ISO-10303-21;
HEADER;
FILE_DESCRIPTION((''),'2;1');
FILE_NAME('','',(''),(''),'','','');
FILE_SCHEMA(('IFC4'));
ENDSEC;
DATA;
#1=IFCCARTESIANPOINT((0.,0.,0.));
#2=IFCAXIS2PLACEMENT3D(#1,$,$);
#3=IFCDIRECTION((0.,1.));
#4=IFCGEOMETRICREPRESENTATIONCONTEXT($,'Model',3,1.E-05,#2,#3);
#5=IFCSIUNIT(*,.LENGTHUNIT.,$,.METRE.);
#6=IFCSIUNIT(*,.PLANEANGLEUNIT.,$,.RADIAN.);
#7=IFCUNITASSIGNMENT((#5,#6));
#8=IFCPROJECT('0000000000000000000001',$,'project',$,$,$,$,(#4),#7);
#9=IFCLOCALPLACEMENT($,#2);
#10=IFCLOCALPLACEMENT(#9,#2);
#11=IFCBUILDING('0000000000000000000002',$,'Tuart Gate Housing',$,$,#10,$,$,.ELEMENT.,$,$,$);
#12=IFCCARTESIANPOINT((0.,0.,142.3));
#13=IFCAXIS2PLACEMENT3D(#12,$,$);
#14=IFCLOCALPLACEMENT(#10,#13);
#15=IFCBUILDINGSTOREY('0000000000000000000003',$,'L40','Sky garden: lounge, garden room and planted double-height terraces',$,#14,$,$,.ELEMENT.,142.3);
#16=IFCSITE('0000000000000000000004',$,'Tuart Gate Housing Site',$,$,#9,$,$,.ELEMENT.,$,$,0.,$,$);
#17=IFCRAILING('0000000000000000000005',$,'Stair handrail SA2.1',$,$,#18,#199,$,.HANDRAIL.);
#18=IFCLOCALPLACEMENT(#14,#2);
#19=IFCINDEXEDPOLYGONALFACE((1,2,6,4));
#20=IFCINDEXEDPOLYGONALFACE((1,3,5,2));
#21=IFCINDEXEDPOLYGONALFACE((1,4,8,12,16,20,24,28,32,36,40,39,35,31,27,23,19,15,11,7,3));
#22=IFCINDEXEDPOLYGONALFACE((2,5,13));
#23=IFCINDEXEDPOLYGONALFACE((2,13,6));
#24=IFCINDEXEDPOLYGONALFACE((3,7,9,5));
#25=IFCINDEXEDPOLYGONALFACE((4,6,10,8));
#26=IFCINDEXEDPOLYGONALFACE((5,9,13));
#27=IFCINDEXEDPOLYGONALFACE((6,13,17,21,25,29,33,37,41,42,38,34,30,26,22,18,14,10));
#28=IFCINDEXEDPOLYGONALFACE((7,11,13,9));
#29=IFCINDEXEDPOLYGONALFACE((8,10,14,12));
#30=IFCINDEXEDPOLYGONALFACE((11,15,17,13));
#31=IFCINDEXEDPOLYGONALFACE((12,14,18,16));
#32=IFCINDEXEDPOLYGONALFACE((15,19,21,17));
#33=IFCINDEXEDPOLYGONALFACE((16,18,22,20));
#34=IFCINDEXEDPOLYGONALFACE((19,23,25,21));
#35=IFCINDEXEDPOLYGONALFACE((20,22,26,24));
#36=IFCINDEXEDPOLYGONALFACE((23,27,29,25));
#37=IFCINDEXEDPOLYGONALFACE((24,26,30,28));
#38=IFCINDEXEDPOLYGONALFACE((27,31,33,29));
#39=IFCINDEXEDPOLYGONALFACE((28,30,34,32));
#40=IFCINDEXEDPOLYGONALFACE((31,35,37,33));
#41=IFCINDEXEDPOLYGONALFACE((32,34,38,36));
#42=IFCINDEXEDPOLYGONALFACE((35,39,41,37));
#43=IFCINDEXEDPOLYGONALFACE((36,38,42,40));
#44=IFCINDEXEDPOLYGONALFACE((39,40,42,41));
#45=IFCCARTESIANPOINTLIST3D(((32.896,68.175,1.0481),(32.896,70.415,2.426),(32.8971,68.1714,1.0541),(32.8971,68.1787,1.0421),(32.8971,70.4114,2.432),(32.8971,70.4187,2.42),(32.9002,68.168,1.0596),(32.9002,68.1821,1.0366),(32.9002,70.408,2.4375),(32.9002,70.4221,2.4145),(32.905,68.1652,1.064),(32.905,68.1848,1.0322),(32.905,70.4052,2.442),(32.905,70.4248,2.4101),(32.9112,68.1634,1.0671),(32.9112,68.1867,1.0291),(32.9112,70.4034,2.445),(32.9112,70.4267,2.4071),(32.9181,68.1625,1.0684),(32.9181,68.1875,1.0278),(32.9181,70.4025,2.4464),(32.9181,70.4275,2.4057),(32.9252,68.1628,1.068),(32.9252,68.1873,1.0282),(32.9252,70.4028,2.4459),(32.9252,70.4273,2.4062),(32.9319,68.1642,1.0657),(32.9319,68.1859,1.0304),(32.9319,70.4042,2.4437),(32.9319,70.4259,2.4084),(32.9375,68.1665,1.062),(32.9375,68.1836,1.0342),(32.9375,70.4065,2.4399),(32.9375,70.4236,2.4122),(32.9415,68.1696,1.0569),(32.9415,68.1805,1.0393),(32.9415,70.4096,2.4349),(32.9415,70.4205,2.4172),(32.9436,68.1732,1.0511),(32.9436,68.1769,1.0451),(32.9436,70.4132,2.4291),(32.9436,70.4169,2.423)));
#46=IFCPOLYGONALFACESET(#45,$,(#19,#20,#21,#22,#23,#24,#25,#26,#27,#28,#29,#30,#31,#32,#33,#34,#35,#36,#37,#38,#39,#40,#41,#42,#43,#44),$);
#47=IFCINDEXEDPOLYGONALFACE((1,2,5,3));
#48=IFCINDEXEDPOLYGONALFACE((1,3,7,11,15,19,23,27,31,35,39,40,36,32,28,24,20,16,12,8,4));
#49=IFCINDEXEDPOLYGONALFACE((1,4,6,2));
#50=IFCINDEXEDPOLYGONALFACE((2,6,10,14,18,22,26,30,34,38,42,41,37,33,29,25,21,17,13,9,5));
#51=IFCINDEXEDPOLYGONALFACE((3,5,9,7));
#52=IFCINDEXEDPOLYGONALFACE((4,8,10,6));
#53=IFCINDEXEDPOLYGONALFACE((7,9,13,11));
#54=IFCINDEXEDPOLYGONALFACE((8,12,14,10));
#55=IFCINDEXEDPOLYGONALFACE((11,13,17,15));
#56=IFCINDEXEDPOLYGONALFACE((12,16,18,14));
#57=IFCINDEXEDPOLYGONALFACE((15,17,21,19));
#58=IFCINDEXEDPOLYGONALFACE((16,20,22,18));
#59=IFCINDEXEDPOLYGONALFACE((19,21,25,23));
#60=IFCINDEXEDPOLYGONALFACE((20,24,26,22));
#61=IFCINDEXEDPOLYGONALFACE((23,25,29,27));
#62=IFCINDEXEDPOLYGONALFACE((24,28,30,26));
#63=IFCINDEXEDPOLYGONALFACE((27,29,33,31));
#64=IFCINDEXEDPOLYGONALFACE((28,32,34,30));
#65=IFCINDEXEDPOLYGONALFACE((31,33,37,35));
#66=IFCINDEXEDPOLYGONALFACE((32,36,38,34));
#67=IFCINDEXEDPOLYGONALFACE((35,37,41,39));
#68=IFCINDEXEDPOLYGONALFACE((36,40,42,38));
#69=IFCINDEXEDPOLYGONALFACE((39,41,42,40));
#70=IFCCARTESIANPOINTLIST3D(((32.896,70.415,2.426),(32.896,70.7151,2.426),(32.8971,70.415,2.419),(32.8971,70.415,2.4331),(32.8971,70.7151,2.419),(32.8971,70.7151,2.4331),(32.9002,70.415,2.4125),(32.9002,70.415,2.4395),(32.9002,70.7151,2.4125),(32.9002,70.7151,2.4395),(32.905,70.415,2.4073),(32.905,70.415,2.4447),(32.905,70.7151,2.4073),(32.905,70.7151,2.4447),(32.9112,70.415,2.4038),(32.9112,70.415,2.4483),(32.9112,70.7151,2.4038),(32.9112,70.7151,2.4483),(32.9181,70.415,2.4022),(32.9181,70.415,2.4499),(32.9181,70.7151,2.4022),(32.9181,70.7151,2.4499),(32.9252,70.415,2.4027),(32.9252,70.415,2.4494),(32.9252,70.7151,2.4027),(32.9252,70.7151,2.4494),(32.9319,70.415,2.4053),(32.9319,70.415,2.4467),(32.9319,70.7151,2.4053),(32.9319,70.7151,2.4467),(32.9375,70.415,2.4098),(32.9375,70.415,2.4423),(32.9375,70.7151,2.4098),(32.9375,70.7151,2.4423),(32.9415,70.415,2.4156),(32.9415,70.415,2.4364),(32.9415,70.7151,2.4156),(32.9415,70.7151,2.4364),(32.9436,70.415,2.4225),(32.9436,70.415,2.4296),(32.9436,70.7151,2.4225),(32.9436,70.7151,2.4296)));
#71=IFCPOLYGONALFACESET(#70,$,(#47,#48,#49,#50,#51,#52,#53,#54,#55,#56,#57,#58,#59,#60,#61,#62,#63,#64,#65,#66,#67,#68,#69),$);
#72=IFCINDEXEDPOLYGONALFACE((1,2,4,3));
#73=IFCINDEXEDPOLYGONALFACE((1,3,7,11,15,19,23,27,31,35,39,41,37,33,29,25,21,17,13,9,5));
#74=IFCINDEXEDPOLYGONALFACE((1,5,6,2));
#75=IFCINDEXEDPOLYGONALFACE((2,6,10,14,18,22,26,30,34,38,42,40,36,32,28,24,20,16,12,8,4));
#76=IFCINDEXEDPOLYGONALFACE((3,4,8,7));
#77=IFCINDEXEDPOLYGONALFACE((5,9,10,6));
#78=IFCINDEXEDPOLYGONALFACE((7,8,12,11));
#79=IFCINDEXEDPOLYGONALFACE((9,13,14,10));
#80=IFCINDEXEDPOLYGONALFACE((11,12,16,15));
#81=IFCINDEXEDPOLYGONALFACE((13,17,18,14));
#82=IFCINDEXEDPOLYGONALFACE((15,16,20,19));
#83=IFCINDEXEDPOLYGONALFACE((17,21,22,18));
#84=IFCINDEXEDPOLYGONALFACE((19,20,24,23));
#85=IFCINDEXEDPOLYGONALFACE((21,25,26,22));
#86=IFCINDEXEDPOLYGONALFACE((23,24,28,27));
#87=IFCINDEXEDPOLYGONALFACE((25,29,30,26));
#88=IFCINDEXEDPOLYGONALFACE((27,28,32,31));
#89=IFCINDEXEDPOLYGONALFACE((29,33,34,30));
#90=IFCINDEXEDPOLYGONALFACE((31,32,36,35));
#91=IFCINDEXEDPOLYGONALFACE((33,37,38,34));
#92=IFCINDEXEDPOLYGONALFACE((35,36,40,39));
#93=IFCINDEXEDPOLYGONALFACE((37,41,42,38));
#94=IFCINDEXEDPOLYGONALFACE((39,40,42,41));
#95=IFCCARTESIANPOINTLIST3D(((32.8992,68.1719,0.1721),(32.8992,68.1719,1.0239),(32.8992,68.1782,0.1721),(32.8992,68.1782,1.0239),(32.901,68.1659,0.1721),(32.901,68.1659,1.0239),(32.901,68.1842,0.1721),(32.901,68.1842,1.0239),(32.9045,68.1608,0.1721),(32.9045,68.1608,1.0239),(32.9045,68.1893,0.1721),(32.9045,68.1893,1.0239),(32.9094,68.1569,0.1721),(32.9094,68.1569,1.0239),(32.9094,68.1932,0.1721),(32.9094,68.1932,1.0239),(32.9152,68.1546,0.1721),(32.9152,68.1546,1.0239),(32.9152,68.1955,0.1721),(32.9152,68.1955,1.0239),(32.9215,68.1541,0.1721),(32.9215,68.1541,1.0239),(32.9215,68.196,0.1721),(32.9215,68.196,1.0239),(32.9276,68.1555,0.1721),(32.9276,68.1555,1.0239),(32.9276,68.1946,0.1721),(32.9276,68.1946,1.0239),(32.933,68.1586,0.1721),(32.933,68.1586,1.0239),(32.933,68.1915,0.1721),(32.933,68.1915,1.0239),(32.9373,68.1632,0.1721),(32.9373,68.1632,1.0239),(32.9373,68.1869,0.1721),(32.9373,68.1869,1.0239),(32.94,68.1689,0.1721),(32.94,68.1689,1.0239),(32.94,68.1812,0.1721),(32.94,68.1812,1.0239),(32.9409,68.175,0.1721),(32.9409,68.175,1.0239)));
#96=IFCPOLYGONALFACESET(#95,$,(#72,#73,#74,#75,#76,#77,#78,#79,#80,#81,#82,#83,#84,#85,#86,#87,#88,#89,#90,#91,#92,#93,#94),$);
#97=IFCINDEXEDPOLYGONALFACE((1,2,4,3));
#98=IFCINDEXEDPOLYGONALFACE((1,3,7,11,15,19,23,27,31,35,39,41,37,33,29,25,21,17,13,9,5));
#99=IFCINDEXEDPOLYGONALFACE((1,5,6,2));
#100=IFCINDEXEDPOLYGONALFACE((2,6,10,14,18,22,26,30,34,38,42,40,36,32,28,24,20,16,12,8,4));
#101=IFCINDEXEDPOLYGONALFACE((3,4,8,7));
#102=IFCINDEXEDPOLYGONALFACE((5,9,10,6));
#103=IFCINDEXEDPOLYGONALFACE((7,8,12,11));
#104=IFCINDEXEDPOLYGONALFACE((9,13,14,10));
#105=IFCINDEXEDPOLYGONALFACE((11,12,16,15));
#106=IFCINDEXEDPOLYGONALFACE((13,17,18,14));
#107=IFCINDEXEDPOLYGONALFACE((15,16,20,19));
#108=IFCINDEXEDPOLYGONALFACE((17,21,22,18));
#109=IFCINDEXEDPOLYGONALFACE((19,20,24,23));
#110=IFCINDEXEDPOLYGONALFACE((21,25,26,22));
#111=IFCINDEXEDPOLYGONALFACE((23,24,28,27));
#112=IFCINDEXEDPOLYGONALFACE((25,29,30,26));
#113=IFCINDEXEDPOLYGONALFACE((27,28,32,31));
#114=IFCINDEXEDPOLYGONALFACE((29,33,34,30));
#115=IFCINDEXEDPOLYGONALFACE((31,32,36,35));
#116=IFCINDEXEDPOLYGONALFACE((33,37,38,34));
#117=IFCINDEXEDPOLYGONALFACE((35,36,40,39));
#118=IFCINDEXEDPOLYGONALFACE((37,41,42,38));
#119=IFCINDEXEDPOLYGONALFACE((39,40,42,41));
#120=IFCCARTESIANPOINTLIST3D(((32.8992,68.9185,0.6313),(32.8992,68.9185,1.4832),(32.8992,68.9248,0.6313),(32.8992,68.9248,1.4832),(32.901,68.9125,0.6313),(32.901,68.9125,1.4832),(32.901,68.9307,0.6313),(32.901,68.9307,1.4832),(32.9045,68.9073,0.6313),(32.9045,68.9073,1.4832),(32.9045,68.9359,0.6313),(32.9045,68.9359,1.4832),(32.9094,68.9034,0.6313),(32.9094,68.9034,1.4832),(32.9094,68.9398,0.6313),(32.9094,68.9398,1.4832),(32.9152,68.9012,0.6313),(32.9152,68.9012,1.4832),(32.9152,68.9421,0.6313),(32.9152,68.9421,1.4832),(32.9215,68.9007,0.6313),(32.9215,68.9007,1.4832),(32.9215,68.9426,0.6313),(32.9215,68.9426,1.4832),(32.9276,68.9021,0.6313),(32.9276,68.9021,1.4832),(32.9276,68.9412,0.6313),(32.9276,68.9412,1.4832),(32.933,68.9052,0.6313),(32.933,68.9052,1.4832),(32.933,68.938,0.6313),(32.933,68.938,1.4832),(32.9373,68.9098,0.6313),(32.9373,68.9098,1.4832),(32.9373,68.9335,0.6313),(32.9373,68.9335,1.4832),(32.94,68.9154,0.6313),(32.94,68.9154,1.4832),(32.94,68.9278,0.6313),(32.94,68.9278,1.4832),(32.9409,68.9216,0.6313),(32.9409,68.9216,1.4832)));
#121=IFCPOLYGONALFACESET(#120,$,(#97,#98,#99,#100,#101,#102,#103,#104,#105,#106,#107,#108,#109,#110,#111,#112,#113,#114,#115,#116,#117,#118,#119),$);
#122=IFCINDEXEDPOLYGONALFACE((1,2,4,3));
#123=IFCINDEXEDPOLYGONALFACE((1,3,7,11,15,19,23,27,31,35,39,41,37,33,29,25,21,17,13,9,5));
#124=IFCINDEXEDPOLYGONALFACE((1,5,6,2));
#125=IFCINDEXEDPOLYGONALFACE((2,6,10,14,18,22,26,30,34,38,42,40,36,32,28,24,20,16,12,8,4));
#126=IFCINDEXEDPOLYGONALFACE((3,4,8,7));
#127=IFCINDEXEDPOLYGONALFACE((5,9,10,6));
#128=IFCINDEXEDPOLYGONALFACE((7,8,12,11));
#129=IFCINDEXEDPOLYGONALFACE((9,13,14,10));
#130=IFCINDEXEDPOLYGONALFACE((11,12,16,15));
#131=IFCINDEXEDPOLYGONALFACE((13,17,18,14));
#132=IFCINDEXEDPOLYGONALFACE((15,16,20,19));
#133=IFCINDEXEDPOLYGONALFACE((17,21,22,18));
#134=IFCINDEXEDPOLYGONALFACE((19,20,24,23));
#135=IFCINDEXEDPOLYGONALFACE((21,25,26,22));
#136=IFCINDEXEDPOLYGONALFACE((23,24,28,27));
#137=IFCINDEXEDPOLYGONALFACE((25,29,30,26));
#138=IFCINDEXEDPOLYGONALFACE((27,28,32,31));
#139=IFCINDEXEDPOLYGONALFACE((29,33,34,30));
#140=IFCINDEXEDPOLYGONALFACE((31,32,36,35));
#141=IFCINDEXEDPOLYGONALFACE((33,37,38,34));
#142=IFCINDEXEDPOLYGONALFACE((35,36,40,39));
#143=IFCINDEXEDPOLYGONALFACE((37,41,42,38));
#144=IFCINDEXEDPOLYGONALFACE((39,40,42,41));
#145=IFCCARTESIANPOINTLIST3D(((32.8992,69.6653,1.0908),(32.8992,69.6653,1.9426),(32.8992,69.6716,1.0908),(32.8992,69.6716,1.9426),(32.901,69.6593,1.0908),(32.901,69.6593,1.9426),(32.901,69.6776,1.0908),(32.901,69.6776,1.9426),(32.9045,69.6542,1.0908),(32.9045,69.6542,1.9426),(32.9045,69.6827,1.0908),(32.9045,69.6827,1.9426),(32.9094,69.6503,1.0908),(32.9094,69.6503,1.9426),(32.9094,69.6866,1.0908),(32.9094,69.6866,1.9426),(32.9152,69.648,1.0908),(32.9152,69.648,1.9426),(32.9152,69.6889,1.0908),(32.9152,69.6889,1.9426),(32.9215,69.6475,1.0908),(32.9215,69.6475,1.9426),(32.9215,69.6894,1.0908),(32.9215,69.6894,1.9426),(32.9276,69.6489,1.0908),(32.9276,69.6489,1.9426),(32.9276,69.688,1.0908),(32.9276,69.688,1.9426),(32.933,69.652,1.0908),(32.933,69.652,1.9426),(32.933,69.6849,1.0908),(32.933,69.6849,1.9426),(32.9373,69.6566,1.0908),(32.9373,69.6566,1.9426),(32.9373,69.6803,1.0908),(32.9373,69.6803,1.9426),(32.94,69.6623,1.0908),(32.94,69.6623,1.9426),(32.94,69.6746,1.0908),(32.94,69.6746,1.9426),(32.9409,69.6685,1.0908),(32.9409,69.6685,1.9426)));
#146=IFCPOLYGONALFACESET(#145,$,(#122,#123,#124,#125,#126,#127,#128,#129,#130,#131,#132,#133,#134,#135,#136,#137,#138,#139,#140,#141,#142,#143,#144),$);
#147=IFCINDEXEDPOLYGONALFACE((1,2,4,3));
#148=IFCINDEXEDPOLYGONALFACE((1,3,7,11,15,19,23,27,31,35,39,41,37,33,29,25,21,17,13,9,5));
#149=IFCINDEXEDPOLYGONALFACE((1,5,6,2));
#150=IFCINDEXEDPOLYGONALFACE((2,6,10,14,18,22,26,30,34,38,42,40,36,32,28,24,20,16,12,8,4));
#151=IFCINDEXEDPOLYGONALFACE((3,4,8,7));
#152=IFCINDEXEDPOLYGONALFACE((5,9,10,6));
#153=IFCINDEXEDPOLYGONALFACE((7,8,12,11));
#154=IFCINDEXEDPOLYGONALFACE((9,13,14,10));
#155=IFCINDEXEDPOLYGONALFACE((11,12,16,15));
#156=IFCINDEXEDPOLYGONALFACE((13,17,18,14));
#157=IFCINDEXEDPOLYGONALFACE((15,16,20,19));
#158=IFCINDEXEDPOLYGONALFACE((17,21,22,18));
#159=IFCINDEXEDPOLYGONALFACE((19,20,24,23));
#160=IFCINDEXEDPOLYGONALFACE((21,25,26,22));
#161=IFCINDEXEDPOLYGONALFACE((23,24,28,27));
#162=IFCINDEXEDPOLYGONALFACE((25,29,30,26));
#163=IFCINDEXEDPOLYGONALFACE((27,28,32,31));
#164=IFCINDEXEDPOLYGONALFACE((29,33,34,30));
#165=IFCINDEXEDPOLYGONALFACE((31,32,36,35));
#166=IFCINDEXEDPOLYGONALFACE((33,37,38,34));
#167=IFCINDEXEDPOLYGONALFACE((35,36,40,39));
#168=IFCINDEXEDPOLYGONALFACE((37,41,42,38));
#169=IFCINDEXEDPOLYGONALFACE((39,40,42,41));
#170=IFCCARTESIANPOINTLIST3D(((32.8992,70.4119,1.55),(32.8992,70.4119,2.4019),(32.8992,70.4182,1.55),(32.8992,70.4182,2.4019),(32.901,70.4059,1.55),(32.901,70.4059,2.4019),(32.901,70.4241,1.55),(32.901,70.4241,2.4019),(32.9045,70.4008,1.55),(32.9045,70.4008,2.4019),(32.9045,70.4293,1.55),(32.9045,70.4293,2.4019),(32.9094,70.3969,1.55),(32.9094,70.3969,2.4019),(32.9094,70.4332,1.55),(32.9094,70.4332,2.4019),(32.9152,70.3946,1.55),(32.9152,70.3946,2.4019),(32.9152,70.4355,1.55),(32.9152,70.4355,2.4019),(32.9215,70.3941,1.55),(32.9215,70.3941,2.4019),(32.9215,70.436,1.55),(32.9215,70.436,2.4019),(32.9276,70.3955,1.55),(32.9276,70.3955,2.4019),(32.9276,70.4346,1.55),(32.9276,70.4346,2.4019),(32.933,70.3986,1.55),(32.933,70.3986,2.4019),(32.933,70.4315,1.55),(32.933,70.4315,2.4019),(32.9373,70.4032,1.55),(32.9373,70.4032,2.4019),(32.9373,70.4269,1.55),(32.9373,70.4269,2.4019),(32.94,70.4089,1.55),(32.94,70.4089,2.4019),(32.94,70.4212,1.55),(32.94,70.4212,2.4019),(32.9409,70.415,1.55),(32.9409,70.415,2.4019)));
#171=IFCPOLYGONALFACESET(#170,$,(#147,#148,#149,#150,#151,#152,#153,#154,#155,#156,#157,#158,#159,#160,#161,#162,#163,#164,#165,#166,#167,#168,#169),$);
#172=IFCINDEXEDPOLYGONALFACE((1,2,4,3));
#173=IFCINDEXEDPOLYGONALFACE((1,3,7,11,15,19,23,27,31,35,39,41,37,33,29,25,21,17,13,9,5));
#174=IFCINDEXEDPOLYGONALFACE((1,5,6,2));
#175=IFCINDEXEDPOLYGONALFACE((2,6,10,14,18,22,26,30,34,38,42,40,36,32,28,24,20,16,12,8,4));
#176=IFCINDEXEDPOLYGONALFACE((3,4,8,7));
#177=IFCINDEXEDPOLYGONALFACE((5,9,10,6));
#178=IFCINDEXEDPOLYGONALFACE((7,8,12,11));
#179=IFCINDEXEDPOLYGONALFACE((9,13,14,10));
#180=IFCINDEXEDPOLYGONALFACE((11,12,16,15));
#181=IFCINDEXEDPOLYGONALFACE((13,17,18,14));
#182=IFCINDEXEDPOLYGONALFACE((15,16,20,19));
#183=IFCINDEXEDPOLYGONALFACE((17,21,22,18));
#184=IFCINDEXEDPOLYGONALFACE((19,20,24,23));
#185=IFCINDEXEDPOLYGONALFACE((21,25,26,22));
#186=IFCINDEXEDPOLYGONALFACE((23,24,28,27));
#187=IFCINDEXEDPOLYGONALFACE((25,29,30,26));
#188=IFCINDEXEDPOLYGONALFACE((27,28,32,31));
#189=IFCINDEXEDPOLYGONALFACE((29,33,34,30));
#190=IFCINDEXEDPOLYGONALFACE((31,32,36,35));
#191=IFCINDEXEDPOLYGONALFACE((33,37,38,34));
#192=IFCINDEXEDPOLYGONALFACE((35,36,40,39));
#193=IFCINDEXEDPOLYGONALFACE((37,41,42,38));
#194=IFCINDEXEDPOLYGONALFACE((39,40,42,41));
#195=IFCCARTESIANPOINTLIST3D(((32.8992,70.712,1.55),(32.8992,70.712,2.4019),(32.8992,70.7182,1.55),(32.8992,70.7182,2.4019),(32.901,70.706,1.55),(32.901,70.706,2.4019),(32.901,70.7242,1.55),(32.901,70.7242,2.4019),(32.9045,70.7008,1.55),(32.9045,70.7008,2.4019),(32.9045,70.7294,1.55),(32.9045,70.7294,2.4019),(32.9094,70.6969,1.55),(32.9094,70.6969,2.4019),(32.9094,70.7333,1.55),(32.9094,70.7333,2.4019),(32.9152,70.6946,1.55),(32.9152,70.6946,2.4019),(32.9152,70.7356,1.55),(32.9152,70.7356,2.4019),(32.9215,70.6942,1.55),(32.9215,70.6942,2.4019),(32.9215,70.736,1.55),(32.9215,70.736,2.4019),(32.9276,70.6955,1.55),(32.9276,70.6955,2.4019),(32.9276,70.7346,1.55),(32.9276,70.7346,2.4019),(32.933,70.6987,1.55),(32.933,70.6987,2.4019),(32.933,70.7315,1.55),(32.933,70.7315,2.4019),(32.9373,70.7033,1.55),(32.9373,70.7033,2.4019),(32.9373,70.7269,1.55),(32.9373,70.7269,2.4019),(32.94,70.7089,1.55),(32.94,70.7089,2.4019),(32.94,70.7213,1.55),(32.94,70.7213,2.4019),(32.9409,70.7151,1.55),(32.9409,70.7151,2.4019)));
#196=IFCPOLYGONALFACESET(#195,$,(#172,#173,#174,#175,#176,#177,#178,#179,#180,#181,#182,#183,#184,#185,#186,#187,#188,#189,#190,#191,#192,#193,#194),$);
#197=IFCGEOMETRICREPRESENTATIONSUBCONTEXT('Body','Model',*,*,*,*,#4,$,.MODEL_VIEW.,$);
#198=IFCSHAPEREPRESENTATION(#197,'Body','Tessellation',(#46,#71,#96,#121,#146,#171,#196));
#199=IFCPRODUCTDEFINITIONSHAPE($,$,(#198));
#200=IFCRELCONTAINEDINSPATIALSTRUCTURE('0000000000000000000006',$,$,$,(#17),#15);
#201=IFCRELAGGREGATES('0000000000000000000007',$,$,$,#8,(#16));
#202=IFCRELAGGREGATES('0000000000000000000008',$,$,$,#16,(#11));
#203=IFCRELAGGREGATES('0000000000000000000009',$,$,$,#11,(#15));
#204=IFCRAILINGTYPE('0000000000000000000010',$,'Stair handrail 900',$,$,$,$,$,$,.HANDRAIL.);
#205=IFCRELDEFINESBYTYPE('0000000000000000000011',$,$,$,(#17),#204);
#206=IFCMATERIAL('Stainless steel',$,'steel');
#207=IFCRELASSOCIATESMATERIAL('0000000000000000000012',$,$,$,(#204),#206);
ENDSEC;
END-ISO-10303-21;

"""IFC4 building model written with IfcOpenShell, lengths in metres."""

from ifc_helpers import new_model, si_unit, direction, frame, origin, origin_2d, place, context, subcontext, project, spatial, circle, extrude, material, type_object, element, save


model = new_model("IFC4")

# Units and contexts
model_context = context("Model", 3, precision=1e-05, world=origin(), true_north=direction((0.0, 1.0)))
body_context = subcontext(model_context, "Body", "Model", "MODEL_VIEW")
ifc_project = project(units=[si_unit("LENGTHUNIT", "METRE"), si_unit("PLANEANGLEUNIT", "RADIAN")], contexts=[model_context])

# Site, building, storey
site_placement = place(None, origin())
site = spatial("IfcSite", under=ifc_project, at=site_placement, Name="Tuart Gate Housing Site", CompositionType="ELEMENT", RefElevation=0.0)
building_placement = place(site_placement, origin())
building = spatial("IfcBuilding", under=site, at=building_placement, Name="Tuart Gate Housing", CompositionType="ELEMENT")
storey_placement = place(building_placement, frame((0.0, 0.0, 142.3)))
storey = spatial("IfcBuildingStorey", under=building, at=storey_placement, Name="L40", Description="Sky garden: lounge, garden room and planted double-height terraces", CompositionType="ELEMENT", Elevation=142.3)

# Railing
ifc_material_1 = material(Name="Stainless steel", Category="steel")
railing_type = type_object("IfcRailingType", Name="Stair handrail 900", PredefinedType="HANDRAIL", material=ifc_material_1)
railing_placement = place(storey_placement, frame((32.9199, 68.175, 0.1721)))
element("IfcRailing", 1, at=railing_placement, inside=storey, type_object=railing_type, Name="Stair handrail SA2.1", PredefinedType="HANDRAIL", context=body_context, shape_type="SweptSolid", body=[
    extrude(circle(Radius=0.0239, at=origin_2d()), frame((0.0, 0.0, 0.876), z_axis=(0.0, 0.851748, 0.523952), x_axis=(-1.0, 0.0, 0.0)), (0.0, 0.0, 1.0), 2.6299),
    extrude(circle(Radius=0.0239, at=origin_2d()), frame((0.0, 2.24, 2.2539), z_axis=(0.0, 1.0, 0.0), x_axis=(-1.0, 0.0, 0.0)), (0.0, 0.0, 1.0), 0.3),
    extrude(circle(Radius=0.021, at=origin_2d()), origin(), (0.0, 0.0, 1.0), 0.8518),
    extrude(circle(Radius=0.021, at=origin_2d()), frame((0.0, 0.7466, 0.4592)), (0.0, 0.0, 1.0), 0.8518),
    extrude(circle(Radius=0.021, at=origin_2d()), frame((0.0, 1.4934, 0.9187)), (0.0, 0.0, 1.0), 0.8518),
    extrude(circle(Radius=0.021, at=origin_2d()), frame((0.0, 2.24, 1.3779)), (0.0, 0.0, 1.0), 0.8518),
    extrude(circle(Radius=0.021, at=origin_2d()), frame((0.0, 2.54, 1.3779)), (0.0, 0.0, 1.0), 0.8518),
])

save(model, "model.ifc")
